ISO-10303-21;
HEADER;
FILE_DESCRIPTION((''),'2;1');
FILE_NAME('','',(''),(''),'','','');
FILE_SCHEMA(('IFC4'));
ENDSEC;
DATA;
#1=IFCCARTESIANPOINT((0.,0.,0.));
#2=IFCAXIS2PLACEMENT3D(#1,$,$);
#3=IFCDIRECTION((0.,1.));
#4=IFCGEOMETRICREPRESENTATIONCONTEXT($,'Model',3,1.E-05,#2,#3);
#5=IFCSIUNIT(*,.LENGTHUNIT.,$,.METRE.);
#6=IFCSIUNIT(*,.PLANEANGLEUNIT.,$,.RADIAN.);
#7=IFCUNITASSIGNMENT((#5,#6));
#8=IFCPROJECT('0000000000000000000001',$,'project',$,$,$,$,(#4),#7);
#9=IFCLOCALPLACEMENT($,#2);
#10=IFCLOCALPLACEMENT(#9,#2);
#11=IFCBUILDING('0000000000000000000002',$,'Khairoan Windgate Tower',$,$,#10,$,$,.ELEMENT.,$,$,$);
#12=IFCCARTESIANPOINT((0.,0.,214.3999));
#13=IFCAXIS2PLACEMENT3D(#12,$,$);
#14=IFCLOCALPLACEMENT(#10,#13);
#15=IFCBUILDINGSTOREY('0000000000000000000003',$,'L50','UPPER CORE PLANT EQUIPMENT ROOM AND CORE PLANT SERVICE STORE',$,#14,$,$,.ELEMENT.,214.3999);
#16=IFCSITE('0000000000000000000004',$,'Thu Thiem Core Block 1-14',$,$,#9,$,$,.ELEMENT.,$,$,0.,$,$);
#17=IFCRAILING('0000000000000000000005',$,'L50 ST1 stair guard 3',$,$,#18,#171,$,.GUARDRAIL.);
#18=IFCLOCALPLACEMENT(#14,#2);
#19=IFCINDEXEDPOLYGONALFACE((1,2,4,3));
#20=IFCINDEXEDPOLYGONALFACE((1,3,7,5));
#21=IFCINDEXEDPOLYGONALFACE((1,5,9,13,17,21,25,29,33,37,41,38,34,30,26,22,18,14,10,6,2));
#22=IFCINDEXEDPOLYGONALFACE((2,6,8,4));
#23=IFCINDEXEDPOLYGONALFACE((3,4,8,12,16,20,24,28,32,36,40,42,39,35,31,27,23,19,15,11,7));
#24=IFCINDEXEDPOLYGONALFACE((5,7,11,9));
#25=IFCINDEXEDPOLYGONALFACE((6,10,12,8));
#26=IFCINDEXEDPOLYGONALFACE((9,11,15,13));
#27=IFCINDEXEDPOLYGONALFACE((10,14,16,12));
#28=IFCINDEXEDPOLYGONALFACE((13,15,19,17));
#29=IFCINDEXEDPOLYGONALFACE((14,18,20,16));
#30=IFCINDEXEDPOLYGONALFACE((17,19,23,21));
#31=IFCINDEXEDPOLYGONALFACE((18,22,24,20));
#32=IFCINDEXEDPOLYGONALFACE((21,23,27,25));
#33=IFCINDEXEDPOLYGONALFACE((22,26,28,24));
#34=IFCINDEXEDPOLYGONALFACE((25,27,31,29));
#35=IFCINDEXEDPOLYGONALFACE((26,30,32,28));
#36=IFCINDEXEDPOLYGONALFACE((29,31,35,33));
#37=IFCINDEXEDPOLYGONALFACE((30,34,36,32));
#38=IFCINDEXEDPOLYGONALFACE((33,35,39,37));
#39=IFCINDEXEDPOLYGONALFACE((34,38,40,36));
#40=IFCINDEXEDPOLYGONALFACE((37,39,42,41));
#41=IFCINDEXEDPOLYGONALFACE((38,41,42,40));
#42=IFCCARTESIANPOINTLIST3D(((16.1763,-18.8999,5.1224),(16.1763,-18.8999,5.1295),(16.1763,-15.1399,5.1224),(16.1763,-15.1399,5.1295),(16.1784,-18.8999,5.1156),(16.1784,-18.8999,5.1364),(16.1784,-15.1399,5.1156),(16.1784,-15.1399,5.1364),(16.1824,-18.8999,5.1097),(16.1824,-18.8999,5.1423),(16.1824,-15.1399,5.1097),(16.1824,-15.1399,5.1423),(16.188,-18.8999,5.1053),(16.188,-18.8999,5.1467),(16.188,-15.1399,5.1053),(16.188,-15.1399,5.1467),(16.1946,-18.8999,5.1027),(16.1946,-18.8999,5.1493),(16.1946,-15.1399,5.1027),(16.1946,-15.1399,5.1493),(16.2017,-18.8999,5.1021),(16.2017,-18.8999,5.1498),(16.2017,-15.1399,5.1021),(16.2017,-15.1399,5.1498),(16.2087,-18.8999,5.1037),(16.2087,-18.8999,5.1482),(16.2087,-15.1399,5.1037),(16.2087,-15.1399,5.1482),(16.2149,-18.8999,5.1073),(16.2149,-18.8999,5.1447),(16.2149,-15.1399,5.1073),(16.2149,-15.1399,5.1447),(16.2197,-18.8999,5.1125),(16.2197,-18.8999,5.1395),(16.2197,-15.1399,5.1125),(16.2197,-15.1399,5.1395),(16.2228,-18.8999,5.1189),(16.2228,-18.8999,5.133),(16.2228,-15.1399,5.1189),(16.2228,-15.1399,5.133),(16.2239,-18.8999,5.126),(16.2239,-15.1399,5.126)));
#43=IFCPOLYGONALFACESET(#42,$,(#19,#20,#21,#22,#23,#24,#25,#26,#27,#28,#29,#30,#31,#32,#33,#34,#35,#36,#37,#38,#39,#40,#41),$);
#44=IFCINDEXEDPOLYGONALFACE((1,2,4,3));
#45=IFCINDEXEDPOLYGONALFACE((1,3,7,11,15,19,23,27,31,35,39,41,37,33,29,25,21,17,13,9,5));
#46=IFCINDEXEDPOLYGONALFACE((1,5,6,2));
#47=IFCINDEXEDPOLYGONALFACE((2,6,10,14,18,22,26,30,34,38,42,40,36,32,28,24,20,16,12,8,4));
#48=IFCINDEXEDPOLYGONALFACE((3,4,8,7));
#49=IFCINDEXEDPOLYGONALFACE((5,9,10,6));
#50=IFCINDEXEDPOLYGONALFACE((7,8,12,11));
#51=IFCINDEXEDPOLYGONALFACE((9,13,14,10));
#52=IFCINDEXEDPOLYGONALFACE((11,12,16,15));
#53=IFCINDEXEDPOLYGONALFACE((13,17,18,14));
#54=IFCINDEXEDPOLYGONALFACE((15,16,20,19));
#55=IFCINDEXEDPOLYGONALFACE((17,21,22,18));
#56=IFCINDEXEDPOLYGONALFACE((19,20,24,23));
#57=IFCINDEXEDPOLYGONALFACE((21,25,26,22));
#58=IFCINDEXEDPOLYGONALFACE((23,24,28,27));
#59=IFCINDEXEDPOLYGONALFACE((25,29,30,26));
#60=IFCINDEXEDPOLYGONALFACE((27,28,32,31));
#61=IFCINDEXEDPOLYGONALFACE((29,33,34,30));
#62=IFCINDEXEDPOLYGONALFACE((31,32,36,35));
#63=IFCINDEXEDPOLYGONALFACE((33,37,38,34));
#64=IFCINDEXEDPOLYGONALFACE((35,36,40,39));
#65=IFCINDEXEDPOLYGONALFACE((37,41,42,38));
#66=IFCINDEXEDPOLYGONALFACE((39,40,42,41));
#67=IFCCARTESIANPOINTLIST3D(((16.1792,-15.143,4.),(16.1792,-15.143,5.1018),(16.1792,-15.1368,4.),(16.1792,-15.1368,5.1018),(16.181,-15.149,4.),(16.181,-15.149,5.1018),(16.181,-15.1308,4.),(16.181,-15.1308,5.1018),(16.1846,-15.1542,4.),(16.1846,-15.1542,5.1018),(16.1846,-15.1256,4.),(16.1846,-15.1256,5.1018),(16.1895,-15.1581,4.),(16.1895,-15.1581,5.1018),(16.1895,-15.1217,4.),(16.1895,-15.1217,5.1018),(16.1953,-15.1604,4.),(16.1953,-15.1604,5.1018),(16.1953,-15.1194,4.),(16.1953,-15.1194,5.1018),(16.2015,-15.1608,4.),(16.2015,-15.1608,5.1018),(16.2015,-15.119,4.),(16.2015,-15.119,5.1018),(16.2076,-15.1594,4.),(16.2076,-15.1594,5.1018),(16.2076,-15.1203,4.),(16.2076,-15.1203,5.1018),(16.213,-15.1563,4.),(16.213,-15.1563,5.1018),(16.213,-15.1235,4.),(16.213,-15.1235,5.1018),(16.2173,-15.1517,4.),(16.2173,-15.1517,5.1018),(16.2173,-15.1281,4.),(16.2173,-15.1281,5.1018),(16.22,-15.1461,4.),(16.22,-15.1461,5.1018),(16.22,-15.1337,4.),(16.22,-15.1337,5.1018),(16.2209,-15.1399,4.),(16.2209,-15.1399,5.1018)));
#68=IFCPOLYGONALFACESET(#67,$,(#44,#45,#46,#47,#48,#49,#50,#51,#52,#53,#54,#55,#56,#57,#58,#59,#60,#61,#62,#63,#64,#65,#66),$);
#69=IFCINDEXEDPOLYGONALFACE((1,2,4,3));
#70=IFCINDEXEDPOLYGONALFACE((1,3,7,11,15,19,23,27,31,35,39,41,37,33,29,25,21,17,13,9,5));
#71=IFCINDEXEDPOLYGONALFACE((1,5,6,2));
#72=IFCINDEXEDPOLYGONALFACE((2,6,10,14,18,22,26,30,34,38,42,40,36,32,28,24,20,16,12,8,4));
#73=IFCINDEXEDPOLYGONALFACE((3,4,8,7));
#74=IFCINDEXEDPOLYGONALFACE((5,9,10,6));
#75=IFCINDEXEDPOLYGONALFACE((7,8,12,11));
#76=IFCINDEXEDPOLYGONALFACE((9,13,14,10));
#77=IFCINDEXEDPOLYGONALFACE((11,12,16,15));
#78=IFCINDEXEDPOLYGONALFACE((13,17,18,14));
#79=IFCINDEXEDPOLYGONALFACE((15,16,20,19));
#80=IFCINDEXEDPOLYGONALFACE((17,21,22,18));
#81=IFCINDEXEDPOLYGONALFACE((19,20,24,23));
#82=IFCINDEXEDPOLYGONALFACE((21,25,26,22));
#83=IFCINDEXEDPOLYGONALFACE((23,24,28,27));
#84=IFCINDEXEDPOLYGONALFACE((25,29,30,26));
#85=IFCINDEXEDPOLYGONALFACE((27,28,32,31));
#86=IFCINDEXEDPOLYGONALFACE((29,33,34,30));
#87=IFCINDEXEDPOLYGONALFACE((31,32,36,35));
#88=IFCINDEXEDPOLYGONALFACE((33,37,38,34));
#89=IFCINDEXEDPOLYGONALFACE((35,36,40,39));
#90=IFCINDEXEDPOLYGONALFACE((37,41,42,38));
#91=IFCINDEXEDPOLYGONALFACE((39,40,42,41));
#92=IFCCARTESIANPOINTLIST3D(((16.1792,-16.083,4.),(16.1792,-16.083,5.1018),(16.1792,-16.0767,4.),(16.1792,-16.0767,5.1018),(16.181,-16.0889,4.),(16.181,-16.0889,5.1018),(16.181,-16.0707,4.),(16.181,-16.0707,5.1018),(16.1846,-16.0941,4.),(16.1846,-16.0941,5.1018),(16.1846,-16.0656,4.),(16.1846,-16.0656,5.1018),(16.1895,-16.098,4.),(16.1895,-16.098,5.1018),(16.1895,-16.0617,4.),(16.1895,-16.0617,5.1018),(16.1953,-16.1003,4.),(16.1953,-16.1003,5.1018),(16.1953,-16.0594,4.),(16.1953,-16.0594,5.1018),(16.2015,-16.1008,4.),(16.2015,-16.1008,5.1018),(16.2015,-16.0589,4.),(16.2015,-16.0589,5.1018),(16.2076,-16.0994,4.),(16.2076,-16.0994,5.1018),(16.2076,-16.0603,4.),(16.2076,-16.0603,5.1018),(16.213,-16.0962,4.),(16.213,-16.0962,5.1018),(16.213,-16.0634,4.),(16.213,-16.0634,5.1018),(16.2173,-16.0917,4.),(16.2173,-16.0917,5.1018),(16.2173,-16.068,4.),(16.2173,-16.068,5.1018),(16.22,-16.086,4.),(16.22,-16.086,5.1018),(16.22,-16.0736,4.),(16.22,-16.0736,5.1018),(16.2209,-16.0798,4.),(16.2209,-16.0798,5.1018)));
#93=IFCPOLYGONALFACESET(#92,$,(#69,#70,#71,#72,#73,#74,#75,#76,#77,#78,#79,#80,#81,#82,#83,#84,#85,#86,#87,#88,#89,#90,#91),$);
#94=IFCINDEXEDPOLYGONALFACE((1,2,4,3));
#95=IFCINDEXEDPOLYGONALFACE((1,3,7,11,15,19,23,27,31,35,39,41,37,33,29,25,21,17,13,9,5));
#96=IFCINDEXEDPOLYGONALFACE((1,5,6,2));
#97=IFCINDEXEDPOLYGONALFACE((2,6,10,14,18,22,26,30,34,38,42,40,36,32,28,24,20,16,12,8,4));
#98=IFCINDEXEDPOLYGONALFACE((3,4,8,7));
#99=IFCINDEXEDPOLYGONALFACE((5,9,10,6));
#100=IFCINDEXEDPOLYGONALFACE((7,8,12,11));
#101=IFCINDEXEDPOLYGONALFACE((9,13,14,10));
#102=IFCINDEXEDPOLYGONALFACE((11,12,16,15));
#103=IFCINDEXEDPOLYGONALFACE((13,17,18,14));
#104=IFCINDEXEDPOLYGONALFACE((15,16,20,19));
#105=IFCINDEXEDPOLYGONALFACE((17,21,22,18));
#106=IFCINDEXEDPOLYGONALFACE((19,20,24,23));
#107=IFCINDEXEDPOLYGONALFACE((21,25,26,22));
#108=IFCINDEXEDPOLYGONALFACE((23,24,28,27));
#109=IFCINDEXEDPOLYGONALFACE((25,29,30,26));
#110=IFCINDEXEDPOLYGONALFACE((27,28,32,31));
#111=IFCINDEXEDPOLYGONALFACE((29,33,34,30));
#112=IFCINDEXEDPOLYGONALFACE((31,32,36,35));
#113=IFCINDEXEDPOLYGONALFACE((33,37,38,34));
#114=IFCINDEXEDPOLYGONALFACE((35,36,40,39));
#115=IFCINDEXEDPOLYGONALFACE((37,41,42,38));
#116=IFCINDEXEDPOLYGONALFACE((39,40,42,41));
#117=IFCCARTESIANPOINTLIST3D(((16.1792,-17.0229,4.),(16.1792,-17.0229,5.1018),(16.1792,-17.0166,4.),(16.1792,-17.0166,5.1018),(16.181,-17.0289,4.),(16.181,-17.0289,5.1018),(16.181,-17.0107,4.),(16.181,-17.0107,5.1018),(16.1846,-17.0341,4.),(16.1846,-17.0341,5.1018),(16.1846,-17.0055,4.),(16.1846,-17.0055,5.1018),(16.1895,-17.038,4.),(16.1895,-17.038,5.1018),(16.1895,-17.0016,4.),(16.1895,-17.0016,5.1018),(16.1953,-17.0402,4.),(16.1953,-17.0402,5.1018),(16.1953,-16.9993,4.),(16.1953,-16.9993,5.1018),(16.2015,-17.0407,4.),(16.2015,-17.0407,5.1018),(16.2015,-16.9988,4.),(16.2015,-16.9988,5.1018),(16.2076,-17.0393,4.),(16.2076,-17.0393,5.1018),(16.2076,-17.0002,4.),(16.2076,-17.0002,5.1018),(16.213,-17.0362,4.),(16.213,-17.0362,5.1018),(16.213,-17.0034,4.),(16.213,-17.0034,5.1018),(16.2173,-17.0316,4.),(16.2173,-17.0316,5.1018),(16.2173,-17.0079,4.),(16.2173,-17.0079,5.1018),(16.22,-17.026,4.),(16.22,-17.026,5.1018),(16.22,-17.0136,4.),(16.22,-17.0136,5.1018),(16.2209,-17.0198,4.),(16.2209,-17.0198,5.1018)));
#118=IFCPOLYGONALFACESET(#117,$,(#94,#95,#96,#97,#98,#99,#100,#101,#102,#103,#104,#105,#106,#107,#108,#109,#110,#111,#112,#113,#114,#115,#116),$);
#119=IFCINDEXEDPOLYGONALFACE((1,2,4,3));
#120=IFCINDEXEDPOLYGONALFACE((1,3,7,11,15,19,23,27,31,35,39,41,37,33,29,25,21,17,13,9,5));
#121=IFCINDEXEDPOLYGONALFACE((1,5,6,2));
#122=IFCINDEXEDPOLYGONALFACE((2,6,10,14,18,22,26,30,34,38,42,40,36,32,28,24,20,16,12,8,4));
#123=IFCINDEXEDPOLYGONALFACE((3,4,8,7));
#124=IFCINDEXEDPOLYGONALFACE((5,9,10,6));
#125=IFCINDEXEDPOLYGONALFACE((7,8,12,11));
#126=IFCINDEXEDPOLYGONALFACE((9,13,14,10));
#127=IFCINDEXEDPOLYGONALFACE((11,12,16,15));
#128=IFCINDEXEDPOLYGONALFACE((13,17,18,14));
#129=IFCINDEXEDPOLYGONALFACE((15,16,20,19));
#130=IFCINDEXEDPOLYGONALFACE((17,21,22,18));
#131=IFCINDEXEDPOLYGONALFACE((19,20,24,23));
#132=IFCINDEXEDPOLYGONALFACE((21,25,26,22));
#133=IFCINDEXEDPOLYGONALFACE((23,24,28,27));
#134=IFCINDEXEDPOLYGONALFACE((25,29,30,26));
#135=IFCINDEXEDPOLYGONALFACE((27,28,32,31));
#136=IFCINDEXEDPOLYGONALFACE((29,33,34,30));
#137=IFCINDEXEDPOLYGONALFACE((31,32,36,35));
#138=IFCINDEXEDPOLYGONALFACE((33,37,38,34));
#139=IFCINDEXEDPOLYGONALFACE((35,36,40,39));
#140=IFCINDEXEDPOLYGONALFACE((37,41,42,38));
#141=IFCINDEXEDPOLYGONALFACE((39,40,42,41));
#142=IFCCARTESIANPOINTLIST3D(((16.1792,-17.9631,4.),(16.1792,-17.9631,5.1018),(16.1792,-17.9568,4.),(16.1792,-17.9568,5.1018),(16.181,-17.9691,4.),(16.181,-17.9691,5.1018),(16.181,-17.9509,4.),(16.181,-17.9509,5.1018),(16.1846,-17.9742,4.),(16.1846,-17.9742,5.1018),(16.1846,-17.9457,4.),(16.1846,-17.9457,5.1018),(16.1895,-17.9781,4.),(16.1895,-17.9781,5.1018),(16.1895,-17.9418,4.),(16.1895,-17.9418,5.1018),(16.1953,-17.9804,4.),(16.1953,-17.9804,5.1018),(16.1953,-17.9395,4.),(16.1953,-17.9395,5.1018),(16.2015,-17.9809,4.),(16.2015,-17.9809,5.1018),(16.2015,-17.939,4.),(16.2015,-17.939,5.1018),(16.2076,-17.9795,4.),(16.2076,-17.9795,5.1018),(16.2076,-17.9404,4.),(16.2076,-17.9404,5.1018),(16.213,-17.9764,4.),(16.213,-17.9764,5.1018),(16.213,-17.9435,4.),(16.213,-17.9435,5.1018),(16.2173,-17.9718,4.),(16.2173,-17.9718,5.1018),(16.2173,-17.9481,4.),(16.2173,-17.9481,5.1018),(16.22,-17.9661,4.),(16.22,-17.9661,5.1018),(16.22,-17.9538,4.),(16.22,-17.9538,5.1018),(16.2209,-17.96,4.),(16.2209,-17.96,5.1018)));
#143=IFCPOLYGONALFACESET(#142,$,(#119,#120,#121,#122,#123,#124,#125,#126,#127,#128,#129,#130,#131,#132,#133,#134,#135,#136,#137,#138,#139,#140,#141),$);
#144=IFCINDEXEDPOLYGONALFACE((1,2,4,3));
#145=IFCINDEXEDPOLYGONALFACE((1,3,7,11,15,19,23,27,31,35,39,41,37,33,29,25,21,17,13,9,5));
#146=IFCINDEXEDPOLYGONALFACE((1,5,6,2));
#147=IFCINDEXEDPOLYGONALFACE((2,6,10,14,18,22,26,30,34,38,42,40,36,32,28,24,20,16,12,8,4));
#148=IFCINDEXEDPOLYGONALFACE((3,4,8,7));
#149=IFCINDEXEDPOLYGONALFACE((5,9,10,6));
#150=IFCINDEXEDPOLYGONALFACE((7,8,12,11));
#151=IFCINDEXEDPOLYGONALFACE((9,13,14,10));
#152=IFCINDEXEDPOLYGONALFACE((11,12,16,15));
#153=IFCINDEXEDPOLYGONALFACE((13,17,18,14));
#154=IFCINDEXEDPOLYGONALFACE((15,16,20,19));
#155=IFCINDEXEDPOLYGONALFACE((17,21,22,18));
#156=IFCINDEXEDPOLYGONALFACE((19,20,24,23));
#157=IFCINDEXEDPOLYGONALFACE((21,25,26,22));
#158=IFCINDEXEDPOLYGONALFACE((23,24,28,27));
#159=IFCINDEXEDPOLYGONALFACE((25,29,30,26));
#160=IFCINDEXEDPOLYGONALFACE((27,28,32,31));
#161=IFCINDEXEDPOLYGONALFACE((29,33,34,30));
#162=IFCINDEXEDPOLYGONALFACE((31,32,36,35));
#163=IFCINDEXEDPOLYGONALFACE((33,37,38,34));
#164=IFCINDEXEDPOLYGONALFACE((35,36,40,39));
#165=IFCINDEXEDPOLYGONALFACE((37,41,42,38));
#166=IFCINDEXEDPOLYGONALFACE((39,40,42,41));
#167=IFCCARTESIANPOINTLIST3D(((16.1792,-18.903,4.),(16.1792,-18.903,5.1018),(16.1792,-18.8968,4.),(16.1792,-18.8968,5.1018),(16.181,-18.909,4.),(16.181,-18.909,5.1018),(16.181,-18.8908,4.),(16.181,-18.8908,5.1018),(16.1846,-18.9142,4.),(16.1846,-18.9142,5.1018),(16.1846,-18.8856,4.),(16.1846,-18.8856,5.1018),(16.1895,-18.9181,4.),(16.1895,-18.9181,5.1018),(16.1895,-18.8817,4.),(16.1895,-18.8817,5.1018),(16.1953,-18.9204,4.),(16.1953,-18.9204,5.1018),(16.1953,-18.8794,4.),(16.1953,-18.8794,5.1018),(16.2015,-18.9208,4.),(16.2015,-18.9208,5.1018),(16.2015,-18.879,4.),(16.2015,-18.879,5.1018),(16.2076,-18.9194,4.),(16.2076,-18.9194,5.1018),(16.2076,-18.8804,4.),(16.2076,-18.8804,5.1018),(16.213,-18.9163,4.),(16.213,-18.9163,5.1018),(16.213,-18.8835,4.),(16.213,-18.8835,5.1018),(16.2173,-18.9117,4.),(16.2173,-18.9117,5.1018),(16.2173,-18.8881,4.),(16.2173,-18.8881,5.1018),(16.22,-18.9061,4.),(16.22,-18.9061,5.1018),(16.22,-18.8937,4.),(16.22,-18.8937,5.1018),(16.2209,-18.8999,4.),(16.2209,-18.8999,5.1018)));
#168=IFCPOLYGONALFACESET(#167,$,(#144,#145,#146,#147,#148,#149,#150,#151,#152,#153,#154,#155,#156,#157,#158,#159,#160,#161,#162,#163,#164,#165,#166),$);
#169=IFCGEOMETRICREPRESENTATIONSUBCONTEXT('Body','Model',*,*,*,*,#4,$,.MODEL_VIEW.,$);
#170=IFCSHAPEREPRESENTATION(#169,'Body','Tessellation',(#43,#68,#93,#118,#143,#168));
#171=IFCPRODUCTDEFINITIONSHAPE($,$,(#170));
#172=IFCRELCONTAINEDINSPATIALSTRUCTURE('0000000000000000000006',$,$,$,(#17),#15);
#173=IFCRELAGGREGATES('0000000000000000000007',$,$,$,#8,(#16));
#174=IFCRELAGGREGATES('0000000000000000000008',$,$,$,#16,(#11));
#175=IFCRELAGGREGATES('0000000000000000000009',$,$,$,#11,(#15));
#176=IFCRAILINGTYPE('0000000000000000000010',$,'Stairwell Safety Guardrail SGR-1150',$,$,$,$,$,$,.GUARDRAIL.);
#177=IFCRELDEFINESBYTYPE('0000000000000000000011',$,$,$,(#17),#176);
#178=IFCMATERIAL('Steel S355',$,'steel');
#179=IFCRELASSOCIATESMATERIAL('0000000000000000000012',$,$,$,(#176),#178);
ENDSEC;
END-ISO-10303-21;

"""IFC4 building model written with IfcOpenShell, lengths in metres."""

from ifc_helpers import new_model, si_unit, direction, frame, origin, origin_2d, place, context, subcontext, project, spatial, circle, extrude, material, type_object, element, save


model = new_model("IFC4")

# Units and contexts
model_context = context("Model", 3, precision=1e-05, world=origin(), true_north=direction((0.0, 1.0)))
body_context = subcontext(model_context, "Body", "Model", "MODEL_VIEW")
ifc_project = project(units=[si_unit("LENGTHUNIT", "METRE"), si_unit("PLANEANGLEUNIT", "RADIAN")], contexts=[model_context])

# Site, building, storey
site_placement = place(None, origin())
site = spatial("IfcSite", under=ifc_project, at=site_placement, Name="Thu Thiem Core Block 1-14", CompositionType="ELEMENT", RefElevation=0.0)
building_placement = place(site_placement, origin())
building = spatial("IfcBuilding", under=site, at=building_placement, Name="Khairoan Windgate Tower", CompositionType="ELEMENT")
storey_placement = place(building_placement, frame((0.0, 0.0, 214.3999)))
storey = spatial("IfcBuildingStorey", under=building, at=storey_placement, Name="L50", Description="UPPER CORE PLANT EQUIPMENT ROOM AND CORE PLANT SERVICE STORE", CompositionType="ELEMENT", Elevation=214.3999)

# Railing
ifc_material_1 = material(Name="Steel S355", Category="steel")
railing_type_1 = type_object("IfcRailingType", Name="Stairwell Safety Guardrail SGR-1150", PredefinedType="GUARDRAIL", material=ifc_material_1)
for number, where, name in (
    (1, (16.2, -15.1399, 4.0), "L50 ST1 stair guard 3"),
):
    element("IfcRailing", number, at=place(storey_placement, frame(where)), inside=storey, type_object=railing_type_1, Name=name, PredefinedType="GUARDRAIL", context=body_context, shape_type="SweptSolid", body=[
        extrude(circle(Radius=0.0239, at=origin_2d()), frame((0.0, 0.0, 1.126), z_axis=(0.0, -1.0, 0.0), x_axis=(1.0, 0.0, 0.0)), (0.0, 0.0, 1.0), 3.76),
        extrude(circle(Radius=0.021, at=origin_2d()), origin(), (0.0, 0.0, 1.0), 1.1018),
        extrude(circle(Radius=0.021, at=origin_2d()), frame((0.0, -0.9399, 0.0)), (0.0, 0.0, 1.0), 1.1018),
        extrude(circle(Radius=0.021, at=origin_2d()), frame((0.0, -1.8799, 0.0)), (0.0, 0.0, 1.0), 1.1018),
        extrude(circle(Radius=0.021, at=origin_2d()), frame((0.0, -2.8201, 0.0)), (0.0, 0.0, 1.0), 1.1018),
        extrude(circle(Radius=0.021, at=origin_2d()), frame((0.0, -3.76, 0.0)), (0.0, 0.0, 1.0), 1.1018),
    ])

save(model, "model.ifc")
